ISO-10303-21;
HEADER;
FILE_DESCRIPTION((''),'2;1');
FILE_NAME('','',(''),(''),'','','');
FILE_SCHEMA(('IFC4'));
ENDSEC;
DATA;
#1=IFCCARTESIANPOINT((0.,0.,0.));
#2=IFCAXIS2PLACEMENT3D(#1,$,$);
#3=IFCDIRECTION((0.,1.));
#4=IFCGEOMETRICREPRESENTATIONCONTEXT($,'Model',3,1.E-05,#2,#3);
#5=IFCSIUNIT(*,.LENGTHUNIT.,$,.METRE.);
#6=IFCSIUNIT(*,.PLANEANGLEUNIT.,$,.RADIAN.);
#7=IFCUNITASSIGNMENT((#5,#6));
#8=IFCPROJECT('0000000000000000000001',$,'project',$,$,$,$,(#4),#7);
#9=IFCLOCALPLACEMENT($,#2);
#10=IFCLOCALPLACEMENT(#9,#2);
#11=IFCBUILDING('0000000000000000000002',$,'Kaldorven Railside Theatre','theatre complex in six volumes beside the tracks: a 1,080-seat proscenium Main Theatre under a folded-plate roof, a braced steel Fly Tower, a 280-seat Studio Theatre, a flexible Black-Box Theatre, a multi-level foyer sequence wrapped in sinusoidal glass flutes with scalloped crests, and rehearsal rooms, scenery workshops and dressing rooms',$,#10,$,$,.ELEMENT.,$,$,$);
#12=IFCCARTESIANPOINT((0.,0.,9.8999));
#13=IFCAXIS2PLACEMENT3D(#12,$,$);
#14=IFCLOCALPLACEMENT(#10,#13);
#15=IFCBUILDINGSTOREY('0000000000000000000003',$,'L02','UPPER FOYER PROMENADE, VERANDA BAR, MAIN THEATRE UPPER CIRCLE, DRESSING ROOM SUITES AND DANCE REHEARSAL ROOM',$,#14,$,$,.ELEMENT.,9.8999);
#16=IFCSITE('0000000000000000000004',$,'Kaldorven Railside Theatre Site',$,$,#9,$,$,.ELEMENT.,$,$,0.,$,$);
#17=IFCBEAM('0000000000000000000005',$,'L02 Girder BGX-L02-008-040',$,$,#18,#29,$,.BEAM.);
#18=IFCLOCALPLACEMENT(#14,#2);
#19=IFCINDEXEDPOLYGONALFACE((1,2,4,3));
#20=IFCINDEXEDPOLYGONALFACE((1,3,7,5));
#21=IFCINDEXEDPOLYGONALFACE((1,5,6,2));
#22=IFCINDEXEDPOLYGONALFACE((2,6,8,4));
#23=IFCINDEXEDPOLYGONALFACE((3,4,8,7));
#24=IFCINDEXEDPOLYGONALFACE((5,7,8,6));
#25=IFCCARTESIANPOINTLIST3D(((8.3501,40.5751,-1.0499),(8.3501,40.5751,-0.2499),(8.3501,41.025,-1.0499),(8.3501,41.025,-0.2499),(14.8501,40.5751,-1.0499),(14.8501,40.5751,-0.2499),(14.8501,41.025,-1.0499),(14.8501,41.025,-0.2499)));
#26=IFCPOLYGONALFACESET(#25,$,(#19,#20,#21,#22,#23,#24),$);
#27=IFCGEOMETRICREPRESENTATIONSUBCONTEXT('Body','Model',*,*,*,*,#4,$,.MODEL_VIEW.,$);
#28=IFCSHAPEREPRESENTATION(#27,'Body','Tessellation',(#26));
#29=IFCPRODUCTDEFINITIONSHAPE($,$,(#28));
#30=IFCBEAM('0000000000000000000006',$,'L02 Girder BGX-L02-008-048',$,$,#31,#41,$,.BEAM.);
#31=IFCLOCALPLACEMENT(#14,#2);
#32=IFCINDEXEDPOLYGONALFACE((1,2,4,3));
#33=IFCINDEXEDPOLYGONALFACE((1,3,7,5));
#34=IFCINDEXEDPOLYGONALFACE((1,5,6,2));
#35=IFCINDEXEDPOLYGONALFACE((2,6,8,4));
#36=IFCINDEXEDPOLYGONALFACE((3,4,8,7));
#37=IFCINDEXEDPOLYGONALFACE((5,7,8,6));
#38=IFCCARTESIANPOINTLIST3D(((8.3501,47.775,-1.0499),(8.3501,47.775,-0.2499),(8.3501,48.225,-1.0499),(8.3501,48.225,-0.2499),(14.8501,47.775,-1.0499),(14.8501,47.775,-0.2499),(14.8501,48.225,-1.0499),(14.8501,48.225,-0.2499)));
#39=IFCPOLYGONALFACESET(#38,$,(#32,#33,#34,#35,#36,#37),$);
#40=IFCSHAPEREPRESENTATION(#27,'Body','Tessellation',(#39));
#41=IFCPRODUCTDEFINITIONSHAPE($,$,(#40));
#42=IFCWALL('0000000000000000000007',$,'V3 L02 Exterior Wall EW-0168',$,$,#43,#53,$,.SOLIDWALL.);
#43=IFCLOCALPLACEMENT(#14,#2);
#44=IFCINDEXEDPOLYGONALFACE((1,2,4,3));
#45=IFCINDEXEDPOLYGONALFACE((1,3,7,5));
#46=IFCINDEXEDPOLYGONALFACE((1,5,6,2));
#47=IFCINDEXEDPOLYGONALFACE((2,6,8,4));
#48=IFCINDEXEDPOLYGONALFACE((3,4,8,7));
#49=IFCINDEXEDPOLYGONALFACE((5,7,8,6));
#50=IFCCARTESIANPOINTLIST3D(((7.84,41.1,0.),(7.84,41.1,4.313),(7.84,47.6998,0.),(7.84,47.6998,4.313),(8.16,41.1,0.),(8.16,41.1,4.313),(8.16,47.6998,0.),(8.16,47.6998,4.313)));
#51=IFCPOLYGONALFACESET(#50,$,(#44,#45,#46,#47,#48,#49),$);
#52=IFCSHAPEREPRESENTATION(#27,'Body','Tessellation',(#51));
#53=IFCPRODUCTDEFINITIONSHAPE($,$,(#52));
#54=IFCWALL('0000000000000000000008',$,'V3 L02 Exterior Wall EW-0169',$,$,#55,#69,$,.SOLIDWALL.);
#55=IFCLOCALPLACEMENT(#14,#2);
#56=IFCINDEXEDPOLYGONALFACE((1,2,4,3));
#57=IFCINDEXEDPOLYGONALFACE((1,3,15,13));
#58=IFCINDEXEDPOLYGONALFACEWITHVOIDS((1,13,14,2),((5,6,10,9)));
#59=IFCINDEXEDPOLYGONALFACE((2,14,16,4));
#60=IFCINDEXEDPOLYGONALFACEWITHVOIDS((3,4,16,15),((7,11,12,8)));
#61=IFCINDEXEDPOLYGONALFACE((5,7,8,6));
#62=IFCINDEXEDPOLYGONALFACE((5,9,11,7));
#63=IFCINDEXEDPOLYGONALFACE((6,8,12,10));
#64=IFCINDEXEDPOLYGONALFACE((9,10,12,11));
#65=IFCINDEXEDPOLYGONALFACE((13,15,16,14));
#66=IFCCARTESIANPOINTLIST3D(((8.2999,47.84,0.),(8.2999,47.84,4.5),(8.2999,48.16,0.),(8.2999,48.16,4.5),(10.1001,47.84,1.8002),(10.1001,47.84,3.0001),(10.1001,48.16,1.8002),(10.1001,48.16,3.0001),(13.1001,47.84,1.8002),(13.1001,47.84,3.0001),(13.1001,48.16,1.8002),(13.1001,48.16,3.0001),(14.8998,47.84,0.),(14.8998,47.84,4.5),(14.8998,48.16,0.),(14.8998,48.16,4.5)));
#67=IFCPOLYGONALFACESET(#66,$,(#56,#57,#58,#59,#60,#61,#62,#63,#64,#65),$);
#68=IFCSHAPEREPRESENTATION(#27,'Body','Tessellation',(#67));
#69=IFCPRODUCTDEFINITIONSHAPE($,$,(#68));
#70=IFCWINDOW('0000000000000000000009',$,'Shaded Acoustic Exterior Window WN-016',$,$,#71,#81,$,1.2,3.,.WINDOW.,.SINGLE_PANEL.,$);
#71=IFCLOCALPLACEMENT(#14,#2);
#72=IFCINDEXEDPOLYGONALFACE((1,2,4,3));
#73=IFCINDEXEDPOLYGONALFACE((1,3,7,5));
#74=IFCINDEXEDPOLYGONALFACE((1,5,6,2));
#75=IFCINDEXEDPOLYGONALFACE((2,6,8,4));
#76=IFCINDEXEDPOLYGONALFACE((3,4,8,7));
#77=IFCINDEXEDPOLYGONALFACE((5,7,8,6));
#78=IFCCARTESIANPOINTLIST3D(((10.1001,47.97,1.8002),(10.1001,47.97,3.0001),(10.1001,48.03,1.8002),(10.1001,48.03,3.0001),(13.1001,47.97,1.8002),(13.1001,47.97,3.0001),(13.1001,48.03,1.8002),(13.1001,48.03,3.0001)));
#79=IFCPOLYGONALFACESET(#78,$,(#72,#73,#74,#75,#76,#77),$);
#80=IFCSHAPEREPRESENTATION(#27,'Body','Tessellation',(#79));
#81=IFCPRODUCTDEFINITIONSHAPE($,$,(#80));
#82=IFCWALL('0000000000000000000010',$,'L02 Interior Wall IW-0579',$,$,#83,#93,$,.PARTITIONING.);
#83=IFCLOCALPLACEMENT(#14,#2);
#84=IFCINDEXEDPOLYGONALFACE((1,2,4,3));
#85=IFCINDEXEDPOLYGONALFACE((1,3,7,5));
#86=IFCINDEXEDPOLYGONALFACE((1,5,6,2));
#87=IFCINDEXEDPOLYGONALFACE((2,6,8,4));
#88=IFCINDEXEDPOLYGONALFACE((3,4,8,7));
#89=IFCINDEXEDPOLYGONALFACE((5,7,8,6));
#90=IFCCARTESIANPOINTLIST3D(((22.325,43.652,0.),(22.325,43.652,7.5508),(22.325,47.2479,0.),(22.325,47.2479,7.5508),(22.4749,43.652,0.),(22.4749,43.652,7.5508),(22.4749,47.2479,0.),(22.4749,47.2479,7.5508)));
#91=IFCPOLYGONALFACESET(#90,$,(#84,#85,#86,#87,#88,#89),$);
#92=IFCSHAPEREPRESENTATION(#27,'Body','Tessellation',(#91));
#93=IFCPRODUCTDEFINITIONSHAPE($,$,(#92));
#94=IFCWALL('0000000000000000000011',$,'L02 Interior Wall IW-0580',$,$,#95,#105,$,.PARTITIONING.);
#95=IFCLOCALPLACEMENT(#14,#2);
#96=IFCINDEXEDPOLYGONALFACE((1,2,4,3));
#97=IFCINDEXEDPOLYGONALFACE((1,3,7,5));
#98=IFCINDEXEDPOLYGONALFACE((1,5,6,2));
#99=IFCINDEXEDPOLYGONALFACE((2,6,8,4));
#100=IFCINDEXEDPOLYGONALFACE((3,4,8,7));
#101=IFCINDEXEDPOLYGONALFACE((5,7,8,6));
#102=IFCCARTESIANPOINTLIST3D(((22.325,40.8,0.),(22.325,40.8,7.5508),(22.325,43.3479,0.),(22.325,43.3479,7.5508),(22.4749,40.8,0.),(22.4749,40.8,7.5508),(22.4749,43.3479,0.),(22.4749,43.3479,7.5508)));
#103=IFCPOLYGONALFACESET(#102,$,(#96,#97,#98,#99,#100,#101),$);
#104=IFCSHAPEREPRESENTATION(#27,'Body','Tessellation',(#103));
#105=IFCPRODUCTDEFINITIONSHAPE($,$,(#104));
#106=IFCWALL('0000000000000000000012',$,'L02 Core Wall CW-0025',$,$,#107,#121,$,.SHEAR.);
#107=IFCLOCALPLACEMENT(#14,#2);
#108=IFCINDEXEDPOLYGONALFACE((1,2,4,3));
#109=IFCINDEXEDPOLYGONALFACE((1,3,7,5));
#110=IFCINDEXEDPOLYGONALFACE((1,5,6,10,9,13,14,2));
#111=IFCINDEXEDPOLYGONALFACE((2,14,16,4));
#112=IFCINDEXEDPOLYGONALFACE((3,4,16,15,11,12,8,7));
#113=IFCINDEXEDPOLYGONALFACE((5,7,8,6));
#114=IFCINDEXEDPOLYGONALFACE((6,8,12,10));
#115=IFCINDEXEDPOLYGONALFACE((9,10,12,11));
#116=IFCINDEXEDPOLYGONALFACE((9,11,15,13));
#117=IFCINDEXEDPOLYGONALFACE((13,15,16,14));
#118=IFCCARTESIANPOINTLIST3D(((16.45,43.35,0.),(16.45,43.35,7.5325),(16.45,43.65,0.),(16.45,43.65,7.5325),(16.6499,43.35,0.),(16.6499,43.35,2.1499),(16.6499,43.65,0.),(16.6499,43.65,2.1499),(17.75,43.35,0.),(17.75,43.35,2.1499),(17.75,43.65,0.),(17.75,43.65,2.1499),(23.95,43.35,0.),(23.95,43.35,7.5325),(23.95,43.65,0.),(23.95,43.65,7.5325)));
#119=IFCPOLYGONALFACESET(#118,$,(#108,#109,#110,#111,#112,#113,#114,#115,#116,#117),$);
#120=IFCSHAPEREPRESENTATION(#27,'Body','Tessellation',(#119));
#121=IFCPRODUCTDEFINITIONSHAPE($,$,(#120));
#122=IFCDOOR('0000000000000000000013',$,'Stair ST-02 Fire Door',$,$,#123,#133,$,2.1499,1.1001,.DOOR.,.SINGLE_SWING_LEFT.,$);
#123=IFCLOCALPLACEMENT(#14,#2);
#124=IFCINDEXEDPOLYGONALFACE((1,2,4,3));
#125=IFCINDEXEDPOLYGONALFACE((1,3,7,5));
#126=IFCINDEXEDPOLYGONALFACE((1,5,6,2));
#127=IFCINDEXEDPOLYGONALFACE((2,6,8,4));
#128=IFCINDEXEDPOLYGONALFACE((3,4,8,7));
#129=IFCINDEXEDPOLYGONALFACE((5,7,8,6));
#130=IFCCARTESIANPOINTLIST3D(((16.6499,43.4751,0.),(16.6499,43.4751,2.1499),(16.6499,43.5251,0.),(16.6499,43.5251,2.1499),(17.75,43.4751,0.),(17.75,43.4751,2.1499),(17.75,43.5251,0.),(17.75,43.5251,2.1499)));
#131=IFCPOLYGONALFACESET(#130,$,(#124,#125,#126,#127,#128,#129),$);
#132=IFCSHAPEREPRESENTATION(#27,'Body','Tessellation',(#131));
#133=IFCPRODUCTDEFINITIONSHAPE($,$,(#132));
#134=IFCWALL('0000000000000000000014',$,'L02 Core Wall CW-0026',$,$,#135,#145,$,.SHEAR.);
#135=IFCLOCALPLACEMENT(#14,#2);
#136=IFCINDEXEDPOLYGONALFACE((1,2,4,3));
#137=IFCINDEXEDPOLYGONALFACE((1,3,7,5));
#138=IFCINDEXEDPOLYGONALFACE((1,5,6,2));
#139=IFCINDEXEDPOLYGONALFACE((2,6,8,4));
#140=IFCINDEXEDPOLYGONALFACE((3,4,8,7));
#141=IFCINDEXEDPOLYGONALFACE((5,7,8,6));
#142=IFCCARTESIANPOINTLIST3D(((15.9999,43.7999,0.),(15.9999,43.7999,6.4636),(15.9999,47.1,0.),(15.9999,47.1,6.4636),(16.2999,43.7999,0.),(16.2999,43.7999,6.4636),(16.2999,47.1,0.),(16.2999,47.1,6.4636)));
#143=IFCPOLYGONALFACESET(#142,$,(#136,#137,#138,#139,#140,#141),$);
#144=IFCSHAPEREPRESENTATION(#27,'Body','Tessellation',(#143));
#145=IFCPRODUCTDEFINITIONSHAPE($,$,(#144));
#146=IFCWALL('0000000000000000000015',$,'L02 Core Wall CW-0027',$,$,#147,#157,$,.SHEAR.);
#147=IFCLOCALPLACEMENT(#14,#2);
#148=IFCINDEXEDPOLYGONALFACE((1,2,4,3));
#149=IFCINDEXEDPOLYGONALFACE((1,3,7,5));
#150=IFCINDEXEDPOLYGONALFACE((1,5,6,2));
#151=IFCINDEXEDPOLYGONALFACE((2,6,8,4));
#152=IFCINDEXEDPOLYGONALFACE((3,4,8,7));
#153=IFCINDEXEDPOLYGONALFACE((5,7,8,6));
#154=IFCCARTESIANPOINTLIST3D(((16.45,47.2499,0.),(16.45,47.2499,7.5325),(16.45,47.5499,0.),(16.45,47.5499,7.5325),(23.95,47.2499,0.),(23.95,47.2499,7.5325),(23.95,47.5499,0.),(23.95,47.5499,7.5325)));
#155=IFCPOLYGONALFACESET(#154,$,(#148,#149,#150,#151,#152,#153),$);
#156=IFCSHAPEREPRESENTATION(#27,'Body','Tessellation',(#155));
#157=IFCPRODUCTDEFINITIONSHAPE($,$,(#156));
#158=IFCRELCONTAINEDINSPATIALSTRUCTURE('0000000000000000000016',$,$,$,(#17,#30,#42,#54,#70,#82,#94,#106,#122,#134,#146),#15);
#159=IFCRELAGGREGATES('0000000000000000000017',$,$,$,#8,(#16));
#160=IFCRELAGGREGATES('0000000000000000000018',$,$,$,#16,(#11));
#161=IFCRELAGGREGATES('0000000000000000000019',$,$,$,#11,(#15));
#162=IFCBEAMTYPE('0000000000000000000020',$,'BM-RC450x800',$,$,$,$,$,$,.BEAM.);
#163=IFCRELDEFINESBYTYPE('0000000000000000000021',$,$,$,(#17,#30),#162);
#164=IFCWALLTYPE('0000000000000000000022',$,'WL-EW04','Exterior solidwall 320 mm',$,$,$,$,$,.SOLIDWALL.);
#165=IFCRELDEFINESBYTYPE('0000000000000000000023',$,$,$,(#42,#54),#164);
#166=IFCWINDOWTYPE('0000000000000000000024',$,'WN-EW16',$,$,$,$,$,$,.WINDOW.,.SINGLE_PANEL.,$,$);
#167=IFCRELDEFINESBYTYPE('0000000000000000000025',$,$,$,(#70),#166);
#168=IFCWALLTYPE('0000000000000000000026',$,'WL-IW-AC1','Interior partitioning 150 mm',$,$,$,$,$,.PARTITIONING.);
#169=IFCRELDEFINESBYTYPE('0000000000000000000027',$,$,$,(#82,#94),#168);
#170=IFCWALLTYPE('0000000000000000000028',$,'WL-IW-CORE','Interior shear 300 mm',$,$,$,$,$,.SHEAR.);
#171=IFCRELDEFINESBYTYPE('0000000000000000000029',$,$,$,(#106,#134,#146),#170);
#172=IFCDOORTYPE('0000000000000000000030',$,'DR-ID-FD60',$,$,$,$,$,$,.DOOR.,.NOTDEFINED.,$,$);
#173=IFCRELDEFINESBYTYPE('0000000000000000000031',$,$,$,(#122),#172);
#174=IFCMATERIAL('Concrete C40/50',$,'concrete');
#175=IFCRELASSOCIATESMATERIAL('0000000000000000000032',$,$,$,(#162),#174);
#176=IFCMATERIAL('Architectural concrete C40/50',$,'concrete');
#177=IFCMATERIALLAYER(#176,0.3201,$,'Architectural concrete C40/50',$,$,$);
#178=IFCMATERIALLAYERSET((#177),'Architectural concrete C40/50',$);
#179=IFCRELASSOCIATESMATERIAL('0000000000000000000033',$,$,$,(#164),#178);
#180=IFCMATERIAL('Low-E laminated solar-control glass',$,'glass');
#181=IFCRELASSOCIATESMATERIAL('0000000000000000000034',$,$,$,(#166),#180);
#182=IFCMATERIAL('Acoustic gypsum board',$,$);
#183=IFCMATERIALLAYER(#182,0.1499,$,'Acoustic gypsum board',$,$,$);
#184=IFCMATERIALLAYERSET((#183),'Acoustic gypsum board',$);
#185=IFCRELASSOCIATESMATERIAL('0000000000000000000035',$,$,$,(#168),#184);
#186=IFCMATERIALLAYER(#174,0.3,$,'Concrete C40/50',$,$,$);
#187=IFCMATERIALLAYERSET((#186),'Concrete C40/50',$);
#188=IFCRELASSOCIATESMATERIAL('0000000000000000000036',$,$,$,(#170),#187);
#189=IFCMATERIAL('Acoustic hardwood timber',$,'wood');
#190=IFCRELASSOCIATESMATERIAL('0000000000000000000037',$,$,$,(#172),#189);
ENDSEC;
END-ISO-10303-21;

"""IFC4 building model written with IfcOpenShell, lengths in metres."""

from ifc_helpers import new_model, si_unit, direction, frame, frame_2d, origin, origin_2d, place, context, subcontext, project, spatial, rectangle, extrude, material, layer, layer_set, material_profile, profile_set, type_object, element, fill, save


model = new_model("IFC4")

# Units and contexts
model_context = context("Model", 3, precision=1e-05, world=origin(), true_north=direction((0.0, 1.0)))
body_context = subcontext(model_context, "Body", "Model", "MODEL_VIEW")
ifc_project = project(units=[si_unit("LENGTHUNIT", "METRE"), si_unit("PLANEANGLEUNIT", "RADIAN")], contexts=[model_context])

# Site, building, storey
site_placement = place(None, origin())
site = spatial("IfcSite", under=ifc_project, at=site_placement, Name="Kaldorven Railside Theatre Site", CompositionType="ELEMENT", RefElevation=0.0)
building_placement = place(site_placement, origin())
building = spatial("IfcBuilding", under=site, at=building_placement, Name="Kaldorven Railside Theatre", Description="theatre complex in six volumes beside the tracks: a 1,080-seat proscenium Main Theatre under a folded-plate roof, a braced steel Fly Tower, a 280-seat Studio Theatre, a flexible Black-Box Theatre, a multi-level foyer sequence wrapped in sinusoidal glass flutes with scalloped crests, and rehearsal rooms, scenery workshops and dressing rooms", CompositionType="ELEMENT")
storey_placement = place(building_placement, frame((0.0, 0.0, 9.8999)))
storey = spatial("IfcBuildingStorey", under=building, at=storey_placement, Name="L02", Description="UPPER FOYER PROMENADE, VERANDA BAR, MAIN THEATRE UPPER CIRCLE, DRESSING ROOM SUITES AND DANCE REHEARSAL ROOM", CompositionType="ELEMENT", Elevation=9.8999)

# Shared definitions
ifc_material_1 = material(Name="Concrete C40/50", Category="concrete")

# Beams
ifc_material_profile_1 = material_profile(ifc_material_1, rectangle(XDim=0.45, YDim=0.8, at=origin_2d()), Name="RC 450x800")
ifc_profile_set_1 = profile_set([ifc_material_profile_1], Name="Concrete C40/50")
beam_type_1 = type_object("IfcBeamType", Name="BM-RC450x800", PredefinedType="BEAM", material=ifc_profile_set_1)
for number, where, z_axis, x_axis, name in (
    (1, (8.3501, 40.8, -0.6499), (1.0, 0.0, 0.0), (0.0, 1.0, 0.0), "L02 Girder BGX-L02-008-040"),
    (2, (8.3501, 48.0, -0.6499), (1.0, 0.0, 0.0), (0.0, 1.0, 0.0), "L02 Girder BGX-L02-008-048"),
):
    element("IfcBeam", number, at=place(storey_placement, frame(where, z_axis=z_axis, x_axis=x_axis)), inside=storey, type_object=beam_type_1, Name=name, PredefinedType="BEAM", context=body_context, shape_type="SweptSolid", body=[
        extrude(rectangle(XDim=0.45, YDim=0.8, at=origin_2d()), origin(), (0.0, 0.0, 1.0), 6.5),
    ])

# Wall
ifc_material_2 = material(Name="Architectural concrete C40/50", Category="concrete")
ifc_layer_1 = layer(ifc_material_2, 0.3201, Name="Architectural concrete C40/50")
ifc_layer_set_1 = layer_set([ifc_layer_1], Name="Architectural concrete C40/50")
wall_type_1 = type_object("IfcWallType", Name="WL-EW04", Description="Exterior solidwall 320 mm", PredefinedType="SOLIDWALL", material=ifc_layer_set_1)
wall_1_placement = place(storey_placement, frame((8.0, 41.1001, 0.0), z_axis=(0.0, 0.0, 1.0), x_axis=(0.0, 1.0, 0.0)))
element("IfcWall", 3, at=wall_1_placement, inside=storey, type_object=wall_type_1, Name="V3 L02 Exterior Wall EW-0168", PredefinedType="SOLIDWALL", context=body_context, shape_type="SweptSolid", body=[
    extrude(rectangle(XDim=6.5999, YDim=0.3201, at=frame_2d((3.2998, 0.0))), origin(), (0.0, 0.0, 1.0), 4.313),
])

# Wall, opening, window
wall_2_placement = place(storey_placement, frame((8.3, 48.0, 0.0), z_axis=(0.0, 0.0, 1.0), x_axis=(1.0, 0.0, 0.0)))
wall_2 = element("IfcWall", 4, at=wall_2_placement, inside=storey, type_object=wall_type_1, Name="V3 L02 Exterior Wall EW-0169", PredefinedType="SOLIDWALL", context=body_context, shape_type="SweptSolid", body=[
    extrude(rectangle(XDim=6.5999, YDim=0.3201, at=frame_2d((3.2998, 0.0))), origin(), (0.0, 0.0, 1.0), 4.5),
])
opening_1_placement = place(wall_2_placement, frame((1.8, 0.0, 1.8)))
opening_1 = element("IfcOpeningElement", 5, at=opening_1_placement, cuts=wall_2, PredefinedType="OPENING", context=body_context, shape_type="SweptSolid", body=[
    extrude(rectangle(XDim=3.0, YDim=1.2, at=frame_2d((1.5, 0.6001))), frame((0.0, 0.1699, 0.0), z_axis=(0.0, -1.0, 0.0), x_axis=(1.0, 0.0, 0.0)), (0.0, 0.0, 1.0), 0.3401),
])
ifc_material_3 = material(Name="Low-E laminated solar-control glass", Category="glass")
window_type = type_object("IfcWindowType", Name="WN-EW16", PartitioningType="SINGLE_PANEL", PredefinedType="WINDOW", material=ifc_material_3)
window_placement = place(opening_1_placement, origin())
window = element("IfcWindow", 6, at=window_placement, inside=storey, type_object=window_type, Name="Shaded Acoustic Exterior Window WN-016", OverallHeight=1.2, OverallWidth=3.0, PartitioningType="SINGLE_PANEL", PredefinedType="WINDOW", context=body_context, shape_type="SweptSolid", body=[
    extrude(rectangle(XDim=3.0, YDim=1.2, at=frame_2d((1.5, 0.6001))), frame((0.0, 0.03, 0.0), z_axis=(0.0, -1.0, 0.0), x_axis=(1.0, 0.0, 0.0)), (0.0, 0.0, 1.0), 0.0601),
])
fill(opening_1, window)

# Walls
ifc_material_4 = material(Name="Acoustic gypsum board")
ifc_layer_2 = layer(ifc_material_4, 0.1499, Name="Acoustic gypsum board")
ifc_layer_set_2 = layer_set([ifc_layer_2], Name="Acoustic gypsum board")
wall_type_2 = type_object("IfcWallType", Name="WL-IW-AC1", Description="Interior partitioning 150 mm", PredefinedType="PARTITIONING", material=ifc_layer_set_2)
wall_3_placement = place(storey_placement, frame((22.3999, 43.6521, 0.0), z_axis=(0.0, 0.0, 1.0), x_axis=(0.0, 1.0, 0.0)))
element("IfcWall", 7, at=wall_3_placement, inside=storey, type_object=wall_type_2, Name="L02 Interior Wall IW-0579", PredefinedType="PARTITIONING", context=body_context, shape_type="SweptSolid", body=[
    extrude(rectangle(XDim=3.5959, YDim=0.1499, at=frame_2d((1.7979, 0.0))), origin(), (0.0, 0.0, 1.0), 7.5508),
])
wall_4_placement = place(storey_placement, frame((22.3999, 40.8, 0.0), z_axis=(0.0, 0.0, 1.0), x_axis=(0.0, 1.0, 0.0)))
element("IfcWall", 8, at=wall_4_placement, inside=storey, type_object=wall_type_2, Name="L02 Interior Wall IW-0580", PredefinedType="PARTITIONING", context=body_context, shape_type="SweptSolid", body=[
    extrude(rectangle(XDim=2.5479, YDim=0.1499, at=frame_2d((1.2739, 0.0))), origin(), (0.0, 0.0, 1.0), 7.5508),
])

# Wall, opening, door
ifc_layer_3 = layer(ifc_material_1, 0.3, Name="Concrete C40/50")
ifc_layer_set_3 = layer_set([ifc_layer_3], Name="Concrete C40/50")
wall_type_3 = type_object("IfcWallType", Name="WL-IW-CORE", Description="Interior shear 300 mm", PredefinedType="SHEAR", material=ifc_layer_set_3)
wall_5_placement = place(storey_placement, frame((23.95, 43.5, 0.0), z_axis=(0.0, 0.0, 1.0), x_axis=(-1.0, 0.0, 0.0)))
wall_5 = element("IfcWall", 9, at=wall_5_placement, inside=storey, type_object=wall_type_3, Name="L02 Core Wall CW-0025", PredefinedType="SHEAR", context=body_context, shape_type="SweptSolid", body=[
    extrude(rectangle(XDim=7.5, YDim=0.3, at=frame_2d((3.75, 0.0))), origin(), (0.0, 0.0, 1.0), 7.5325),
])
opening_2_placement = place(wall_5_placement, frame((6.2, 0.0, 0.0)))
opening_2 = element("IfcOpeningElement", 10, at=opening_2_placement, cuts=wall_5, PredefinedType="OPENING", context=body_context, shape_type="SweptSolid", body=[
    extrude(rectangle(XDim=1.1001, YDim=2.1499, at=frame_2d((0.55, 1.075))), frame((0.0, 0.1602, 0.0), z_axis=(0.0, -1.0, 0.0), x_axis=(1.0, 0.0, 0.0)), (0.0, 0.0, 1.0), 0.3201),
])
ifc_material_5 = material(Name="Acoustic hardwood timber", Category="wood")
door_type = type_object("IfcDoorType", Name="DR-ID-FD60", OperationType="NOTDEFINED", PredefinedType="DOOR", material=ifc_material_5)
door_placement = place(opening_2_placement, origin())
door = element("IfcDoor", 11, at=door_placement, inside=storey, type_object=door_type, Name="Stair ST-02 Fire Door", OperationType="SINGLE_SWING_LEFT", OverallHeight=2.1499, OverallWidth=1.1001, PredefinedType="DOOR", context=body_context, shape_type="SweptSolid", body=[
    extrude(rectangle(XDim=1.1001, YDim=2.1499, at=frame_2d((0.55, 1.075))), frame((0.0, 0.0249, 0.0), z_axis=(0.0, -1.0, 0.0), x_axis=(1.0, 0.0, 0.0)), (0.0, 0.0, 1.0), 0.05),
])
fill(opening_2, door)

# Walls
wall_6_placement = place(storey_placement, frame((16.1499, 43.8, 0.0), z_axis=(0.0, 0.0, 1.0), x_axis=(0.0, 1.0, 0.0)))
element("IfcWall", 12, at=wall_6_placement, inside=storey, type_object=wall_type_3, Name="L02 Core Wall CW-0026", PredefinedType="SHEAR", context=body_context, shape_type="SweptSolid", body=[
    extrude(rectangle(XDim=3.3, YDim=0.3, at=frame_2d((1.6499, 0.0))), origin(), (0.0, 0.0, 1.0), 6.4636),
])
wall_7_placement = place(storey_placement, frame((16.45, 47.3999, 0.0), z_axis=(0.0, 0.0, 1.0), x_axis=(1.0, 0.0, 0.0)))
element("IfcWall", 13, at=wall_7_placement, inside=storey, type_object=wall_type_3, Name="L02 Core Wall CW-0027", PredefinedType="SHEAR", context=body_context, shape_type="SweptSolid", body=[
    extrude(rectangle(XDim=7.5, YDim=0.3, at=frame_2d((3.75, 0.0))), origin(), (0.0, 0.0, 1.0), 7.5325),
])

save(model, "model.ifc")
